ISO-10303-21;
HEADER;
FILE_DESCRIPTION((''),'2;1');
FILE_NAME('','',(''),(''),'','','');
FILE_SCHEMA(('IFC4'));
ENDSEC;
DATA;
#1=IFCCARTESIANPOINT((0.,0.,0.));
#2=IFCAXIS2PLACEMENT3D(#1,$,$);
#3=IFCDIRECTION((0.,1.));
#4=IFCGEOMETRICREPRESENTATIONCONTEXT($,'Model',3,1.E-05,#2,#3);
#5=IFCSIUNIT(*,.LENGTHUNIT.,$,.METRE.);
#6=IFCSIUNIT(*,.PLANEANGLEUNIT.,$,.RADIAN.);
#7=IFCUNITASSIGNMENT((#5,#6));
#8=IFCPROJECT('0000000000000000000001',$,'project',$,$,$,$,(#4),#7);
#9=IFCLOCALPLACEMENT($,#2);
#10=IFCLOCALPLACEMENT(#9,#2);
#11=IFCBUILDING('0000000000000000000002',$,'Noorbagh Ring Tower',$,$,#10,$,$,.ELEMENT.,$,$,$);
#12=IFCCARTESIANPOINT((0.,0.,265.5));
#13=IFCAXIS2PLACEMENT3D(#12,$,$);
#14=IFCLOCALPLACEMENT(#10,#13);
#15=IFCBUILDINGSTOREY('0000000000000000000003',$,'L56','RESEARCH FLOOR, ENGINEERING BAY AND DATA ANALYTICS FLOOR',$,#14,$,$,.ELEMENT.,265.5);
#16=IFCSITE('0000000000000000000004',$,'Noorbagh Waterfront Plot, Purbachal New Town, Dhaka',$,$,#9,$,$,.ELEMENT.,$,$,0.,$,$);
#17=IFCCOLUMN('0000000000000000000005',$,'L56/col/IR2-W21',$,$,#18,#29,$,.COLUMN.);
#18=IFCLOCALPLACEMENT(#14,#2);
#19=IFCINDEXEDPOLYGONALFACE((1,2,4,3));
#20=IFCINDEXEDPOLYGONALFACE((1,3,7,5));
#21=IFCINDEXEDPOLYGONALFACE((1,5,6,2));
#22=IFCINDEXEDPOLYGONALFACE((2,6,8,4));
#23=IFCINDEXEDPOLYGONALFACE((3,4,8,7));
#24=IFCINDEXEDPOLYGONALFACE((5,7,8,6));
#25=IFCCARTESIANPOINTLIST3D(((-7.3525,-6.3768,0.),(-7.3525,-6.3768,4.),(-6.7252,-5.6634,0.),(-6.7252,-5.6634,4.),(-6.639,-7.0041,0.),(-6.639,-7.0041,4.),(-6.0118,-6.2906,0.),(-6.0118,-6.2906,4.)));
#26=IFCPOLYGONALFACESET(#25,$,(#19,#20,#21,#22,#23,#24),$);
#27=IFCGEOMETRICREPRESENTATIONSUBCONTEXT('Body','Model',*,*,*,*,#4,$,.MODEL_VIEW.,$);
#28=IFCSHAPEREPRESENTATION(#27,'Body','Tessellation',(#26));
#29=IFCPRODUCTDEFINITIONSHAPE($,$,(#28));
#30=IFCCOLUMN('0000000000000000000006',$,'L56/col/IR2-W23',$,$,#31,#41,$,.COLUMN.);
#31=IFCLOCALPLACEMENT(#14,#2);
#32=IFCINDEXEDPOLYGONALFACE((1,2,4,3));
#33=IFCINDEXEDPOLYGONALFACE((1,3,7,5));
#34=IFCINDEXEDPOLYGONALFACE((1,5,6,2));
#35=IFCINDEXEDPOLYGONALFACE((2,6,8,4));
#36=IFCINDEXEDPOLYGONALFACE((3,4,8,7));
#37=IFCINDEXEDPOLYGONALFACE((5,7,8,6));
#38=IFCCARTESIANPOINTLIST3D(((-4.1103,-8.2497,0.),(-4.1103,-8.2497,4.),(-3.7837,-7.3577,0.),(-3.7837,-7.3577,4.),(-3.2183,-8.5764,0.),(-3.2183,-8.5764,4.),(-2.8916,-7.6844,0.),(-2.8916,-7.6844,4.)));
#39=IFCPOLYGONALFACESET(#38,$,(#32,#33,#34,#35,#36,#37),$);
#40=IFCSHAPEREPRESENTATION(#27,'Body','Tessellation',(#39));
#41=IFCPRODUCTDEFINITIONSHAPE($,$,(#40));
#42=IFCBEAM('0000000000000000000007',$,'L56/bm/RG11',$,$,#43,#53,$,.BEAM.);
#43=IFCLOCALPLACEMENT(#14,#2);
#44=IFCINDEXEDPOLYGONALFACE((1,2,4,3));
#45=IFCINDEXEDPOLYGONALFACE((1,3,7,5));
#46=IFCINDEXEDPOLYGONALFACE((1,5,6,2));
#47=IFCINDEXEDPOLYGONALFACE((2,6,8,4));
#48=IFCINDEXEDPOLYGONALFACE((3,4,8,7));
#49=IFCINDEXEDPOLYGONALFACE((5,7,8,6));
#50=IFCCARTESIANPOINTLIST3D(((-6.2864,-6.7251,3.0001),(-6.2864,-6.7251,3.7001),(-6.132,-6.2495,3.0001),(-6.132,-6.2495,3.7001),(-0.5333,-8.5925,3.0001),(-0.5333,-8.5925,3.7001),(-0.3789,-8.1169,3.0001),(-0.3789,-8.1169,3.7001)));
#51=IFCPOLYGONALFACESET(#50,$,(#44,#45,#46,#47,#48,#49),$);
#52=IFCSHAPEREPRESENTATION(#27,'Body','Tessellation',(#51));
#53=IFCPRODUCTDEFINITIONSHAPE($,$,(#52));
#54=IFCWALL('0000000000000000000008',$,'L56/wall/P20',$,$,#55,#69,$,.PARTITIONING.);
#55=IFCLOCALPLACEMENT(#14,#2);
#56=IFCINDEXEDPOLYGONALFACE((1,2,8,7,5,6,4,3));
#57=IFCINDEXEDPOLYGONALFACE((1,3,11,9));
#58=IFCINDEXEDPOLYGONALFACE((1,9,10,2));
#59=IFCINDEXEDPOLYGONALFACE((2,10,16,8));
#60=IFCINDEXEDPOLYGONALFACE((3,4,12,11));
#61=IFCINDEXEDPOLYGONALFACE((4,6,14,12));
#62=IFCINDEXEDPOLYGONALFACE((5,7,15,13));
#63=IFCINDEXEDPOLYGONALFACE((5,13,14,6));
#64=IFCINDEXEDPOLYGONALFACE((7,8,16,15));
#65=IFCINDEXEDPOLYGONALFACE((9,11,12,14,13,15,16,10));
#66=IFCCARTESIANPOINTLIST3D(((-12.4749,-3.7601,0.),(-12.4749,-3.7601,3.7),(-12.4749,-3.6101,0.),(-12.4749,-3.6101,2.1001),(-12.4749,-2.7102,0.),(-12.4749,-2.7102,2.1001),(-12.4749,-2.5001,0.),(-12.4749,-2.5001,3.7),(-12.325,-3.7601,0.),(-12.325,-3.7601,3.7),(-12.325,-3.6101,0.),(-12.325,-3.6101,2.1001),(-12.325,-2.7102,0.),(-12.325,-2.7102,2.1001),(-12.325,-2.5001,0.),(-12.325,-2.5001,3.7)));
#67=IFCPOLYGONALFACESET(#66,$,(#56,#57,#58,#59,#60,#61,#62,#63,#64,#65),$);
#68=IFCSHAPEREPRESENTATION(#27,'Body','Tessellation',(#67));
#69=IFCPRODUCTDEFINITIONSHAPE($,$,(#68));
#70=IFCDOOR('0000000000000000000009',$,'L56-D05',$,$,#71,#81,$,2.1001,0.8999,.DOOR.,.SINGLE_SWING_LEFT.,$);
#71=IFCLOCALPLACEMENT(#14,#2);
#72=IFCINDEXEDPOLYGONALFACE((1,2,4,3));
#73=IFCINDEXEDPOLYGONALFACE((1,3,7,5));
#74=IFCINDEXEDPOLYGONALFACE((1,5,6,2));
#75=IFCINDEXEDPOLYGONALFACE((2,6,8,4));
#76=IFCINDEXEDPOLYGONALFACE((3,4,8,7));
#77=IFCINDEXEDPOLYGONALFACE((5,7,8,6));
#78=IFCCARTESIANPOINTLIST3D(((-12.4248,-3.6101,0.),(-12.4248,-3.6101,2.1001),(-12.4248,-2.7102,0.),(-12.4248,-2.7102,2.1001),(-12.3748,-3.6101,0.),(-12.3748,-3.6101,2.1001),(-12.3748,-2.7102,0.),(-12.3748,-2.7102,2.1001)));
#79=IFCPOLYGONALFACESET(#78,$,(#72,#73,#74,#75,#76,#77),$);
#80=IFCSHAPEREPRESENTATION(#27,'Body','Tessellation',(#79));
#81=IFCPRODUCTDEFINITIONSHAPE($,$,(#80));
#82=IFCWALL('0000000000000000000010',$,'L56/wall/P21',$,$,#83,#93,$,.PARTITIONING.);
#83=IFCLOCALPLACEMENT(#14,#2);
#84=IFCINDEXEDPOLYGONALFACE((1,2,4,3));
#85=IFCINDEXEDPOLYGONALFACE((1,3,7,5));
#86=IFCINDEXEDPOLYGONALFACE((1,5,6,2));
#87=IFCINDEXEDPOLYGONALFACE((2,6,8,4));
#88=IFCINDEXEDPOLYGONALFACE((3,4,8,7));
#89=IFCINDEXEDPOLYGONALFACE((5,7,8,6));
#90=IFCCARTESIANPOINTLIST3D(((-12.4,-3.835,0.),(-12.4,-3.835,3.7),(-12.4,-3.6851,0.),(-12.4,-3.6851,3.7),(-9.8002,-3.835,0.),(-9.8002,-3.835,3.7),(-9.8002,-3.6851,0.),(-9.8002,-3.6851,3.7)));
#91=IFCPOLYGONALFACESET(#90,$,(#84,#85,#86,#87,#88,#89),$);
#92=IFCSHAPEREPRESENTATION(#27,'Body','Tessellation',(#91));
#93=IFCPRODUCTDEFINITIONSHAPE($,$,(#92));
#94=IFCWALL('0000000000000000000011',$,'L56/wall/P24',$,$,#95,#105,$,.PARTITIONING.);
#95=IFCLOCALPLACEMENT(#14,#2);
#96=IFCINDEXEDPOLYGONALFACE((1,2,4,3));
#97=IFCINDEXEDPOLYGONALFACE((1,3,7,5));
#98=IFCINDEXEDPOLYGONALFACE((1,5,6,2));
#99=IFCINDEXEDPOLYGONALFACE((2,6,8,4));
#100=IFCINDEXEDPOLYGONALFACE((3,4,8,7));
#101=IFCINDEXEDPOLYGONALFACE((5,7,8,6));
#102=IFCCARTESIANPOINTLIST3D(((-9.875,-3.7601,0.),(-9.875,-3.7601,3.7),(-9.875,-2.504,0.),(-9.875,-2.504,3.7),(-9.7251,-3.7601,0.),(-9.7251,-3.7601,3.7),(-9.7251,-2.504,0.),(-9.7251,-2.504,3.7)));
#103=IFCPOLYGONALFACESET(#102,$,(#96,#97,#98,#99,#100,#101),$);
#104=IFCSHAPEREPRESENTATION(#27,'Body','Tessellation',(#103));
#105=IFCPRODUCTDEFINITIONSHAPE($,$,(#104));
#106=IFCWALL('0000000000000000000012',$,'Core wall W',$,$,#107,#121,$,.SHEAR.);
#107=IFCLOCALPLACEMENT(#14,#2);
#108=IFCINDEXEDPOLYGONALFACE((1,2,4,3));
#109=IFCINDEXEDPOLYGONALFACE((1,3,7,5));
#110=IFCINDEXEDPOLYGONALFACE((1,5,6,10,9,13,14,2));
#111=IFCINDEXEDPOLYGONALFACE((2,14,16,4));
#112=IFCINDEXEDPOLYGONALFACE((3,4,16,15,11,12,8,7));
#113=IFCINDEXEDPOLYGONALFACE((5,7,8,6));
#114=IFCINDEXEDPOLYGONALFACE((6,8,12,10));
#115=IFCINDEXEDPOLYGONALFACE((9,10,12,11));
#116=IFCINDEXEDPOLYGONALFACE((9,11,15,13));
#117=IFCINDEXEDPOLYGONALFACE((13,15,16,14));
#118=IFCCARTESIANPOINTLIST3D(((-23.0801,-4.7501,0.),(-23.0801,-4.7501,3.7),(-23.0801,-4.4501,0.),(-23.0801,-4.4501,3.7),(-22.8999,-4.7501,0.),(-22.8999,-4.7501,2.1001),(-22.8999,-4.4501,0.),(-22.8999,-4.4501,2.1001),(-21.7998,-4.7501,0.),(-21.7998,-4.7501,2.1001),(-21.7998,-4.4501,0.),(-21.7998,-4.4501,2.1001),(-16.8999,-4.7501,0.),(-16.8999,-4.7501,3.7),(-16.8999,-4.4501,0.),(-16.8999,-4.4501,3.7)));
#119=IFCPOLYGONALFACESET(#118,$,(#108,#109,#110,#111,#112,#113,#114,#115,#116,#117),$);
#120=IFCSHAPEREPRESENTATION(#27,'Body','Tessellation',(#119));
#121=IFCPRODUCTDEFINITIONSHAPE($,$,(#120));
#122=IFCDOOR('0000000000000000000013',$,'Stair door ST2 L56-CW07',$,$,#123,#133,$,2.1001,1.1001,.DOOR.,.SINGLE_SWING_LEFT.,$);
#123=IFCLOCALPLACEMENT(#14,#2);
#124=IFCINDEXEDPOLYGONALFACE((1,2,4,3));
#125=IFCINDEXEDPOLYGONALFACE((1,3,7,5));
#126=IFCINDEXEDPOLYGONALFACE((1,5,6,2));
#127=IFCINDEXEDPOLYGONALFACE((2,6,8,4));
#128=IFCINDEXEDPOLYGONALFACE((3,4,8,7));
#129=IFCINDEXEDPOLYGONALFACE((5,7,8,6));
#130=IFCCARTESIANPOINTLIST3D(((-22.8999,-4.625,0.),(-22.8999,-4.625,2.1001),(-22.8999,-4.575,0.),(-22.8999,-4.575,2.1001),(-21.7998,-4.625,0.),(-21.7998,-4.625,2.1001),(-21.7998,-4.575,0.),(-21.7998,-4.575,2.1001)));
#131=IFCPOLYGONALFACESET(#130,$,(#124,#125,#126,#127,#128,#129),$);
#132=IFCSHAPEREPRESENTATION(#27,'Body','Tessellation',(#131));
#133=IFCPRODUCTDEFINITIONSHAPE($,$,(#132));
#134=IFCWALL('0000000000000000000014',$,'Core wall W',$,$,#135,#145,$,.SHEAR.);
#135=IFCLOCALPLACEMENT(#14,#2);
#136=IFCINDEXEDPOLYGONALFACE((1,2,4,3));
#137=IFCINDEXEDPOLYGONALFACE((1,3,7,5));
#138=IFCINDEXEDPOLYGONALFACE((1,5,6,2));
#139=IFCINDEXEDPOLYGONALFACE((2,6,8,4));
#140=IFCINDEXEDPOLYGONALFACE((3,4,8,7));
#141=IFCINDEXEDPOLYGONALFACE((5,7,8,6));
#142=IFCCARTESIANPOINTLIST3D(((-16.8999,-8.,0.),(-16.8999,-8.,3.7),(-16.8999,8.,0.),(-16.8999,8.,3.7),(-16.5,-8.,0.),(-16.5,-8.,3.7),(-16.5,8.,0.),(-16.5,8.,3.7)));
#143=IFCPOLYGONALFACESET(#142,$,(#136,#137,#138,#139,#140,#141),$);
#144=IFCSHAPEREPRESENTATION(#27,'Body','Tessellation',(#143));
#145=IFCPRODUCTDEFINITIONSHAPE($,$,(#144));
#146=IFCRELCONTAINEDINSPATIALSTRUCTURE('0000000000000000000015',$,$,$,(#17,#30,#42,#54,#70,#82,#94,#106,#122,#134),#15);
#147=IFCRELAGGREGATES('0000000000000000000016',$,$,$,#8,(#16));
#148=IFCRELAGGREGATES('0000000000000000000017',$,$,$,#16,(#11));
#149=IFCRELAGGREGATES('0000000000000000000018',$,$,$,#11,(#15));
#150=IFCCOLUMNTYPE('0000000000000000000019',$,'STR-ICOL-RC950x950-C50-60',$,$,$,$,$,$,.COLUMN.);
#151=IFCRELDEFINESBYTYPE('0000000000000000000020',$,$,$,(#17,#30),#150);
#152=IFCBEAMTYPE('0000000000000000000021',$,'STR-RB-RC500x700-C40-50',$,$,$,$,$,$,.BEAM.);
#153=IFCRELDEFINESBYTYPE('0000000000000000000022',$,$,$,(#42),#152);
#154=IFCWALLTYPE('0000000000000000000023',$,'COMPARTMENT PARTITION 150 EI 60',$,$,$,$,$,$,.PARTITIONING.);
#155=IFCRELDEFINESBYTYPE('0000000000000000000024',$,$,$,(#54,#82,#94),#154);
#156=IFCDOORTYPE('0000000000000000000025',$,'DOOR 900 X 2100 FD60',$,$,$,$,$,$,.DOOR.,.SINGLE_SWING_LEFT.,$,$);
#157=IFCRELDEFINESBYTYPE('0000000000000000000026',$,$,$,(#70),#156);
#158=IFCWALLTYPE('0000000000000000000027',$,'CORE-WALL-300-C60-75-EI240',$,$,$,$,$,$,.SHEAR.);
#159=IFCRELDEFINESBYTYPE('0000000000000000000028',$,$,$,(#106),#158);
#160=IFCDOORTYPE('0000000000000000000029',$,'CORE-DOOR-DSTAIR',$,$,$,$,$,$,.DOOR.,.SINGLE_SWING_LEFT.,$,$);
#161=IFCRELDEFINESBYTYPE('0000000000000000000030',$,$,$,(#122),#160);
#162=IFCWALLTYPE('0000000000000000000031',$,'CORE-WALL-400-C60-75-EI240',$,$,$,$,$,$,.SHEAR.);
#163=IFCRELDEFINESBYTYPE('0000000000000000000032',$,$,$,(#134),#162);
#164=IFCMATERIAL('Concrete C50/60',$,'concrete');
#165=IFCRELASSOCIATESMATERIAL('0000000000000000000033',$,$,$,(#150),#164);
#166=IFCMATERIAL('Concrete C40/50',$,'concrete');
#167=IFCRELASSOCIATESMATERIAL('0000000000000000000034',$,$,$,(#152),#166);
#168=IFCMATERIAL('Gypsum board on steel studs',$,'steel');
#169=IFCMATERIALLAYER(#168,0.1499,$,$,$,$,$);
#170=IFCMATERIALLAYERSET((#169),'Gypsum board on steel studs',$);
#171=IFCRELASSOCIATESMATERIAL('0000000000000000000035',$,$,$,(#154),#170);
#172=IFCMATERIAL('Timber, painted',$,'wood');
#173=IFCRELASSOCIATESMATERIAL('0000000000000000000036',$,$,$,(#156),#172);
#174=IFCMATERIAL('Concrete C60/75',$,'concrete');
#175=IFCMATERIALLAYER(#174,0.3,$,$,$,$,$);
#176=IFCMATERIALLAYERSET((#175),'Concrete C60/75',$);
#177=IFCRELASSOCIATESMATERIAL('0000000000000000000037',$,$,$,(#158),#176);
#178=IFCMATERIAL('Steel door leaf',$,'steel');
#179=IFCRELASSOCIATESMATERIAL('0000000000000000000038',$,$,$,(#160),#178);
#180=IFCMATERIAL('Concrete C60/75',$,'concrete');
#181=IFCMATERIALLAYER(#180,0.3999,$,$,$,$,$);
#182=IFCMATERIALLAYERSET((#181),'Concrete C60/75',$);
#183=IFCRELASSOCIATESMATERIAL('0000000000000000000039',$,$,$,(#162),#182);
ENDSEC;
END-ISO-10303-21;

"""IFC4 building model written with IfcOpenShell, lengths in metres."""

from ifc_helpers import new_model, si_unit, direction, frame, frame_2d, origin, origin_2d, place, context, subcontext, project, spatial, rectangle, extrude, material, layer, layer_set, material_profile, profile_set, type_object, element, fill, save


model = new_model("IFC4")

# Units and contexts
model_context = context("Model", 3, precision=1e-05, world=origin(), true_north=direction((0.0, 1.0)))
body_context = subcontext(model_context, "Body", "Model", "MODEL_VIEW")
ifc_project = project(units=[si_unit("LENGTHUNIT", "METRE"), si_unit("PLANEANGLEUNIT", "RADIAN")], contexts=[model_context])

# Site, building, storey
site_placement = place(None, origin())
site = spatial("IfcSite", under=ifc_project, at=site_placement, Name="Noorbagh Waterfront Plot, Purbachal New Town, Dhaka", CompositionType="ELEMENT", RefElevation=0.0)
building_placement = place(site_placement, origin())
building = spatial("IfcBuilding", under=site, at=building_placement, Name="Noorbagh Ring Tower", CompositionType="ELEMENT")
storey_placement = place(building_placement, frame((0.0, 0.0, 265.5)))
storey = spatial("IfcBuildingStorey", under=building, at=storey_placement, Name="L56", Description="RESEARCH FLOOR, ENGINEERING BAY AND DATA ANALYTICS FLOOR", CompositionType="ELEMENT", Elevation=265.5)

# Columns
ifc_material_1 = material(Name="Concrete C50/60", Category="concrete")
ifc_material_profile_1 = material_profile(ifc_material_1, rectangle(XDim=0.95, YDim=0.95, at=origin_2d()), Name="RC950x950")
ifc_profile_set_1 = profile_set([ifc_material_profile_1], Name="Concrete C50/60")
column_type = type_object("IfcColumnType", Name="STR-ICOL-RC950x950-C50-60", PredefinedType="COLUMN", material=ifc_profile_set_1)
for number, where, z_axis, x_axis, name in (
    (1, (-6.6821, -6.3337, 0.0), (0.0, 0.0, 1.0), (0.751022, -0.660277, 0.0), "L56/col/IR2-W21"),
    (2, (-3.501, -7.967, 0.0), (0.0, 0.0, 1.0), (0.93902, -0.343864, 0.0), "L56/col/IR2-W23"),
):
    element("IfcColumn", number, at=place(storey_placement, frame(where, z_axis=z_axis, x_axis=x_axis)), inside=storey, type_object=column_type, Name=name, PredefinedType="COLUMN", context=body_context, shape_type="SweptSolid", body=[
        extrude(rectangle(XDim=0.95, YDim=0.95, at=origin_2d()), origin(), (0.0, 0.0, 1.0), 4.0),
    ])

# Beam
ifc_material_2 = material(Name="Concrete C40/50", Category="concrete")
ifc_material_profile_2 = material_profile(ifc_material_2, rectangle(XDim=0.5, YDim=0.7, at=origin_2d()), Name="RC500x700")
ifc_profile_set_2 = profile_set([ifc_material_profile_2], Name="Concrete C40/50")
beam_type = type_object("IfcBeamType", Name="STR-RB-RC500x700-C40-50", PredefinedType="BEAM", material=ifc_profile_set_2)
beam_placement = place(storey_placement, frame((-6.2092, -6.4873, 3.3501), z_axis=(0.951148, -0.308735, 0.0), x_axis=(0.308735, 0.951148, 0.0)))
element("IfcBeam", 3, at=beam_placement, inside=storey, type_object=beam_type, Name="L56/bm/RG11", PredefinedType="BEAM", context=body_context, shape_type="SweptSolid", body=[
    extrude(rectangle(XDim=0.5, YDim=0.7, at=origin_2d()), origin(), (0.0, 0.0, 1.0), 6.0486),
])

# Wall, opening, door
ifc_material_3 = material(Name="Gypsum board on steel studs", Category="steel")
ifc_layer_1 = layer(ifc_material_3, 0.1499)
ifc_layer_set_1 = layer_set([ifc_layer_1], Name="Gypsum board on steel studs")
wall_type_1 = type_object("IfcWallType", Name="COMPARTMENT PARTITION 150 EI 60", PredefinedType="PARTITIONING", material=ifc_layer_set_1)
wall_1_placement = place(storey_placement, frame((-12.3999, -3.76, 0.0), z_axis=(0.0, 0.0, 1.0), x_axis=(0.0, 1.0, 0.0)))
wall_1 = element("IfcWall", 4, at=wall_1_placement, inside=storey, type_object=wall_type_1, Name="L56/wall/P20", PredefinedType="PARTITIONING", context=body_context, shape_type="SweptSolid", body=[
    extrude(rectangle(XDim=1.26, YDim=0.1499, at=frame_2d((0.6299, 0.0))), origin(), (0.0, 0.0, 1.0), 3.7),
])
opening_1_placement = place(wall_1_placement, frame((0.1499, 0.0, 0.0)))
opening_1 = element("IfcOpeningElement", 5, at=opening_1_placement, cuts=wall_1, PredefinedType="OPENING", context=body_context, shape_type="SweptSolid", body=[
    extrude(rectangle(XDim=0.8999, YDim=2.1001, at=frame_2d((0.45, 1.05))), frame((0.0, 0.085, 0.0), z_axis=(0.0, -1.0, 0.0), x_axis=(1.0, 0.0, 0.0)), (0.0, 0.0, 1.0), 0.1699),
])
ifc_material_4 = material(Name="Timber, painted", Category="wood")
door_type_1 = type_object("IfcDoorType", Name="DOOR 900 X 2100 FD60", OperationType="SINGLE_SWING_LEFT", PredefinedType="DOOR", material=ifc_material_4)
door_1_placement = place(opening_1_placement, origin())
door_1 = element("IfcDoor", 6, at=door_1_placement, inside=storey, type_object=door_type_1, Name="L56-D05", OperationType="SINGLE_SWING_LEFT", OverallHeight=2.1001, OverallWidth=0.8999, PredefinedType="DOOR", context=body_context, shape_type="SweptSolid", body=[
    extrude(rectangle(XDim=0.8999, YDim=2.1001, at=frame_2d((0.45, 1.05))), frame((0.0, 0.0249, 0.0), z_axis=(0.0, -1.0, 0.0), x_axis=(1.0, 0.0, 0.0)), (0.0, 0.0, 1.0), 0.05),
])
fill(opening_1, door_1)

# Walls
wall_2_placement = place(storey_placement, frame((-12.3999, -3.76, 0.0), z_axis=(0.0, 0.0, 1.0), x_axis=(1.0, 0.0, 0.0)))
element("IfcWall", 7, at=wall_2_placement, inside=storey, type_object=wall_type_1, Name="L56/wall/P21", PredefinedType="PARTITIONING", context=body_context, shape_type="SweptSolid", body=[
    extrude(rectangle(XDim=2.5999, YDim=0.1499, at=frame_2d((1.2998, 0.0))), origin(), (0.0, 0.0, 1.0), 3.7),
])
wall_3_placement = place(storey_placement, frame((-9.8, -3.76, 0.0), z_axis=(0.0, 0.0, 1.0), x_axis=(0.0, 1.0, 0.0)))
element("IfcWall", 8, at=wall_3_placement, inside=storey, type_object=wall_type_1, Name="L56/wall/P24", PredefinedType="PARTITIONING", context=body_context, shape_type="SweptSolid", body=[
    extrude(rectangle(XDim=1.2561, YDim=0.1499, at=frame_2d((0.6279, 0.0))), origin(), (0.0, 0.0, 1.0), 3.7),
])

# Wall, opening, door
ifc_material_5 = material(Name="Concrete C60/75", Category="concrete")
ifc_layer_2 = layer(ifc_material_5, 0.3)
ifc_layer_set_2 = layer_set([ifc_layer_2], Name="Concrete C60/75")
wall_type_2 = type_object("IfcWallType", Name="CORE-WALL-300-C60-75-EI240", PredefinedType="SHEAR", material=ifc_layer_set_2)
wall_4_placement = place(storey_placement, frame((-16.8999, -4.6001, 0.0), z_axis=(0.0, 0.0, 1.0), x_axis=(-1.0, 0.0, 0.0)))
wall_4 = element("IfcWall", 9, at=wall_4_placement, inside=storey, type_object=wall_type_2, Name="Core wall W", PredefinedType="SHEAR", context=body_context, shape_type="SweptSolid", body=[
    extrude(rectangle(XDim=6.1802, YDim=0.3, at=frame_2d((3.0901, 0.0))), origin(), (0.0, 0.0, 1.0), 3.7),
])
opening_2_placement = place(wall_4_placement, frame((4.8999, 0.0, 0.0)))
opening_2 = element("IfcOpeningElement", 10, at=opening_2_placement, cuts=wall_4, PredefinedType="OPENING", context=body_context, shape_type="SweptSolid", body=[
    extrude(rectangle(XDim=1.1001, YDim=2.1001, at=frame_2d((0.55, 1.05))), frame((0.0, 0.1602, 0.0), z_axis=(0.0, -1.0, 0.0), x_axis=(1.0, 0.0, 0.0)), (0.0, 0.0, 1.0), 0.3201),
])
ifc_material_6 = material(Name="Steel door leaf", Category="steel")
door_type_2 = type_object("IfcDoorType", Name="CORE-DOOR-DSTAIR", OperationType="SINGLE_SWING_LEFT", PredefinedType="DOOR", material=ifc_material_6)
door_2_placement = place(opening_2_placement, origin())
door_2 = element("IfcDoor", 11, at=door_2_placement, inside=storey, type_object=door_type_2, Name="Stair door ST2 L56-CW07", OperationType="SINGLE_SWING_LEFT", OverallHeight=2.1001, OverallWidth=1.1001, PredefinedType="DOOR", context=body_context, shape_type="SweptSolid", body=[
    extrude(rectangle(XDim=1.1001, YDim=2.1001, at=frame_2d((0.55, 1.05))), frame((0.0, 0.0249, 0.0), z_axis=(0.0, -1.0, 0.0), x_axis=(1.0, 0.0, 0.0)), (0.0, 0.0, 1.0), 0.05),
])
fill(opening_2, door_2)

# Wall
ifc_material_7 = material(Name="Concrete C60/75", Category="concrete")
ifc_layer_3 = layer(ifc_material_7, 0.3999)
ifc_layer_set_3 = layer_set([ifc_layer_3], Name="Concrete C60/75")
wall_type_3 = type_object("IfcWallType", Name="CORE-WALL-400-C60-75-EI240", PredefinedType="SHEAR", material=ifc_layer_set_3)
wall_5_placement = place(storey_placement, frame((-16.7, -8.0, 0.0), z_axis=(0.0, 0.0, 1.0), x_axis=(0.0, 1.0, 0.0)))
element("IfcWall", 12, at=wall_5_placement, inside=storey, type_object=wall_type_3, Name="Core wall W", PredefinedType="SHEAR", context=body_context, shape_type="SweptSolid", body=[
    extrude(rectangle(XDim=16.0, YDim=0.3999, at=frame_2d((8.0, 0.0))), origin(), (0.0, 0.0, 1.0), 3.7),
])

save(model, "model.ifc")
